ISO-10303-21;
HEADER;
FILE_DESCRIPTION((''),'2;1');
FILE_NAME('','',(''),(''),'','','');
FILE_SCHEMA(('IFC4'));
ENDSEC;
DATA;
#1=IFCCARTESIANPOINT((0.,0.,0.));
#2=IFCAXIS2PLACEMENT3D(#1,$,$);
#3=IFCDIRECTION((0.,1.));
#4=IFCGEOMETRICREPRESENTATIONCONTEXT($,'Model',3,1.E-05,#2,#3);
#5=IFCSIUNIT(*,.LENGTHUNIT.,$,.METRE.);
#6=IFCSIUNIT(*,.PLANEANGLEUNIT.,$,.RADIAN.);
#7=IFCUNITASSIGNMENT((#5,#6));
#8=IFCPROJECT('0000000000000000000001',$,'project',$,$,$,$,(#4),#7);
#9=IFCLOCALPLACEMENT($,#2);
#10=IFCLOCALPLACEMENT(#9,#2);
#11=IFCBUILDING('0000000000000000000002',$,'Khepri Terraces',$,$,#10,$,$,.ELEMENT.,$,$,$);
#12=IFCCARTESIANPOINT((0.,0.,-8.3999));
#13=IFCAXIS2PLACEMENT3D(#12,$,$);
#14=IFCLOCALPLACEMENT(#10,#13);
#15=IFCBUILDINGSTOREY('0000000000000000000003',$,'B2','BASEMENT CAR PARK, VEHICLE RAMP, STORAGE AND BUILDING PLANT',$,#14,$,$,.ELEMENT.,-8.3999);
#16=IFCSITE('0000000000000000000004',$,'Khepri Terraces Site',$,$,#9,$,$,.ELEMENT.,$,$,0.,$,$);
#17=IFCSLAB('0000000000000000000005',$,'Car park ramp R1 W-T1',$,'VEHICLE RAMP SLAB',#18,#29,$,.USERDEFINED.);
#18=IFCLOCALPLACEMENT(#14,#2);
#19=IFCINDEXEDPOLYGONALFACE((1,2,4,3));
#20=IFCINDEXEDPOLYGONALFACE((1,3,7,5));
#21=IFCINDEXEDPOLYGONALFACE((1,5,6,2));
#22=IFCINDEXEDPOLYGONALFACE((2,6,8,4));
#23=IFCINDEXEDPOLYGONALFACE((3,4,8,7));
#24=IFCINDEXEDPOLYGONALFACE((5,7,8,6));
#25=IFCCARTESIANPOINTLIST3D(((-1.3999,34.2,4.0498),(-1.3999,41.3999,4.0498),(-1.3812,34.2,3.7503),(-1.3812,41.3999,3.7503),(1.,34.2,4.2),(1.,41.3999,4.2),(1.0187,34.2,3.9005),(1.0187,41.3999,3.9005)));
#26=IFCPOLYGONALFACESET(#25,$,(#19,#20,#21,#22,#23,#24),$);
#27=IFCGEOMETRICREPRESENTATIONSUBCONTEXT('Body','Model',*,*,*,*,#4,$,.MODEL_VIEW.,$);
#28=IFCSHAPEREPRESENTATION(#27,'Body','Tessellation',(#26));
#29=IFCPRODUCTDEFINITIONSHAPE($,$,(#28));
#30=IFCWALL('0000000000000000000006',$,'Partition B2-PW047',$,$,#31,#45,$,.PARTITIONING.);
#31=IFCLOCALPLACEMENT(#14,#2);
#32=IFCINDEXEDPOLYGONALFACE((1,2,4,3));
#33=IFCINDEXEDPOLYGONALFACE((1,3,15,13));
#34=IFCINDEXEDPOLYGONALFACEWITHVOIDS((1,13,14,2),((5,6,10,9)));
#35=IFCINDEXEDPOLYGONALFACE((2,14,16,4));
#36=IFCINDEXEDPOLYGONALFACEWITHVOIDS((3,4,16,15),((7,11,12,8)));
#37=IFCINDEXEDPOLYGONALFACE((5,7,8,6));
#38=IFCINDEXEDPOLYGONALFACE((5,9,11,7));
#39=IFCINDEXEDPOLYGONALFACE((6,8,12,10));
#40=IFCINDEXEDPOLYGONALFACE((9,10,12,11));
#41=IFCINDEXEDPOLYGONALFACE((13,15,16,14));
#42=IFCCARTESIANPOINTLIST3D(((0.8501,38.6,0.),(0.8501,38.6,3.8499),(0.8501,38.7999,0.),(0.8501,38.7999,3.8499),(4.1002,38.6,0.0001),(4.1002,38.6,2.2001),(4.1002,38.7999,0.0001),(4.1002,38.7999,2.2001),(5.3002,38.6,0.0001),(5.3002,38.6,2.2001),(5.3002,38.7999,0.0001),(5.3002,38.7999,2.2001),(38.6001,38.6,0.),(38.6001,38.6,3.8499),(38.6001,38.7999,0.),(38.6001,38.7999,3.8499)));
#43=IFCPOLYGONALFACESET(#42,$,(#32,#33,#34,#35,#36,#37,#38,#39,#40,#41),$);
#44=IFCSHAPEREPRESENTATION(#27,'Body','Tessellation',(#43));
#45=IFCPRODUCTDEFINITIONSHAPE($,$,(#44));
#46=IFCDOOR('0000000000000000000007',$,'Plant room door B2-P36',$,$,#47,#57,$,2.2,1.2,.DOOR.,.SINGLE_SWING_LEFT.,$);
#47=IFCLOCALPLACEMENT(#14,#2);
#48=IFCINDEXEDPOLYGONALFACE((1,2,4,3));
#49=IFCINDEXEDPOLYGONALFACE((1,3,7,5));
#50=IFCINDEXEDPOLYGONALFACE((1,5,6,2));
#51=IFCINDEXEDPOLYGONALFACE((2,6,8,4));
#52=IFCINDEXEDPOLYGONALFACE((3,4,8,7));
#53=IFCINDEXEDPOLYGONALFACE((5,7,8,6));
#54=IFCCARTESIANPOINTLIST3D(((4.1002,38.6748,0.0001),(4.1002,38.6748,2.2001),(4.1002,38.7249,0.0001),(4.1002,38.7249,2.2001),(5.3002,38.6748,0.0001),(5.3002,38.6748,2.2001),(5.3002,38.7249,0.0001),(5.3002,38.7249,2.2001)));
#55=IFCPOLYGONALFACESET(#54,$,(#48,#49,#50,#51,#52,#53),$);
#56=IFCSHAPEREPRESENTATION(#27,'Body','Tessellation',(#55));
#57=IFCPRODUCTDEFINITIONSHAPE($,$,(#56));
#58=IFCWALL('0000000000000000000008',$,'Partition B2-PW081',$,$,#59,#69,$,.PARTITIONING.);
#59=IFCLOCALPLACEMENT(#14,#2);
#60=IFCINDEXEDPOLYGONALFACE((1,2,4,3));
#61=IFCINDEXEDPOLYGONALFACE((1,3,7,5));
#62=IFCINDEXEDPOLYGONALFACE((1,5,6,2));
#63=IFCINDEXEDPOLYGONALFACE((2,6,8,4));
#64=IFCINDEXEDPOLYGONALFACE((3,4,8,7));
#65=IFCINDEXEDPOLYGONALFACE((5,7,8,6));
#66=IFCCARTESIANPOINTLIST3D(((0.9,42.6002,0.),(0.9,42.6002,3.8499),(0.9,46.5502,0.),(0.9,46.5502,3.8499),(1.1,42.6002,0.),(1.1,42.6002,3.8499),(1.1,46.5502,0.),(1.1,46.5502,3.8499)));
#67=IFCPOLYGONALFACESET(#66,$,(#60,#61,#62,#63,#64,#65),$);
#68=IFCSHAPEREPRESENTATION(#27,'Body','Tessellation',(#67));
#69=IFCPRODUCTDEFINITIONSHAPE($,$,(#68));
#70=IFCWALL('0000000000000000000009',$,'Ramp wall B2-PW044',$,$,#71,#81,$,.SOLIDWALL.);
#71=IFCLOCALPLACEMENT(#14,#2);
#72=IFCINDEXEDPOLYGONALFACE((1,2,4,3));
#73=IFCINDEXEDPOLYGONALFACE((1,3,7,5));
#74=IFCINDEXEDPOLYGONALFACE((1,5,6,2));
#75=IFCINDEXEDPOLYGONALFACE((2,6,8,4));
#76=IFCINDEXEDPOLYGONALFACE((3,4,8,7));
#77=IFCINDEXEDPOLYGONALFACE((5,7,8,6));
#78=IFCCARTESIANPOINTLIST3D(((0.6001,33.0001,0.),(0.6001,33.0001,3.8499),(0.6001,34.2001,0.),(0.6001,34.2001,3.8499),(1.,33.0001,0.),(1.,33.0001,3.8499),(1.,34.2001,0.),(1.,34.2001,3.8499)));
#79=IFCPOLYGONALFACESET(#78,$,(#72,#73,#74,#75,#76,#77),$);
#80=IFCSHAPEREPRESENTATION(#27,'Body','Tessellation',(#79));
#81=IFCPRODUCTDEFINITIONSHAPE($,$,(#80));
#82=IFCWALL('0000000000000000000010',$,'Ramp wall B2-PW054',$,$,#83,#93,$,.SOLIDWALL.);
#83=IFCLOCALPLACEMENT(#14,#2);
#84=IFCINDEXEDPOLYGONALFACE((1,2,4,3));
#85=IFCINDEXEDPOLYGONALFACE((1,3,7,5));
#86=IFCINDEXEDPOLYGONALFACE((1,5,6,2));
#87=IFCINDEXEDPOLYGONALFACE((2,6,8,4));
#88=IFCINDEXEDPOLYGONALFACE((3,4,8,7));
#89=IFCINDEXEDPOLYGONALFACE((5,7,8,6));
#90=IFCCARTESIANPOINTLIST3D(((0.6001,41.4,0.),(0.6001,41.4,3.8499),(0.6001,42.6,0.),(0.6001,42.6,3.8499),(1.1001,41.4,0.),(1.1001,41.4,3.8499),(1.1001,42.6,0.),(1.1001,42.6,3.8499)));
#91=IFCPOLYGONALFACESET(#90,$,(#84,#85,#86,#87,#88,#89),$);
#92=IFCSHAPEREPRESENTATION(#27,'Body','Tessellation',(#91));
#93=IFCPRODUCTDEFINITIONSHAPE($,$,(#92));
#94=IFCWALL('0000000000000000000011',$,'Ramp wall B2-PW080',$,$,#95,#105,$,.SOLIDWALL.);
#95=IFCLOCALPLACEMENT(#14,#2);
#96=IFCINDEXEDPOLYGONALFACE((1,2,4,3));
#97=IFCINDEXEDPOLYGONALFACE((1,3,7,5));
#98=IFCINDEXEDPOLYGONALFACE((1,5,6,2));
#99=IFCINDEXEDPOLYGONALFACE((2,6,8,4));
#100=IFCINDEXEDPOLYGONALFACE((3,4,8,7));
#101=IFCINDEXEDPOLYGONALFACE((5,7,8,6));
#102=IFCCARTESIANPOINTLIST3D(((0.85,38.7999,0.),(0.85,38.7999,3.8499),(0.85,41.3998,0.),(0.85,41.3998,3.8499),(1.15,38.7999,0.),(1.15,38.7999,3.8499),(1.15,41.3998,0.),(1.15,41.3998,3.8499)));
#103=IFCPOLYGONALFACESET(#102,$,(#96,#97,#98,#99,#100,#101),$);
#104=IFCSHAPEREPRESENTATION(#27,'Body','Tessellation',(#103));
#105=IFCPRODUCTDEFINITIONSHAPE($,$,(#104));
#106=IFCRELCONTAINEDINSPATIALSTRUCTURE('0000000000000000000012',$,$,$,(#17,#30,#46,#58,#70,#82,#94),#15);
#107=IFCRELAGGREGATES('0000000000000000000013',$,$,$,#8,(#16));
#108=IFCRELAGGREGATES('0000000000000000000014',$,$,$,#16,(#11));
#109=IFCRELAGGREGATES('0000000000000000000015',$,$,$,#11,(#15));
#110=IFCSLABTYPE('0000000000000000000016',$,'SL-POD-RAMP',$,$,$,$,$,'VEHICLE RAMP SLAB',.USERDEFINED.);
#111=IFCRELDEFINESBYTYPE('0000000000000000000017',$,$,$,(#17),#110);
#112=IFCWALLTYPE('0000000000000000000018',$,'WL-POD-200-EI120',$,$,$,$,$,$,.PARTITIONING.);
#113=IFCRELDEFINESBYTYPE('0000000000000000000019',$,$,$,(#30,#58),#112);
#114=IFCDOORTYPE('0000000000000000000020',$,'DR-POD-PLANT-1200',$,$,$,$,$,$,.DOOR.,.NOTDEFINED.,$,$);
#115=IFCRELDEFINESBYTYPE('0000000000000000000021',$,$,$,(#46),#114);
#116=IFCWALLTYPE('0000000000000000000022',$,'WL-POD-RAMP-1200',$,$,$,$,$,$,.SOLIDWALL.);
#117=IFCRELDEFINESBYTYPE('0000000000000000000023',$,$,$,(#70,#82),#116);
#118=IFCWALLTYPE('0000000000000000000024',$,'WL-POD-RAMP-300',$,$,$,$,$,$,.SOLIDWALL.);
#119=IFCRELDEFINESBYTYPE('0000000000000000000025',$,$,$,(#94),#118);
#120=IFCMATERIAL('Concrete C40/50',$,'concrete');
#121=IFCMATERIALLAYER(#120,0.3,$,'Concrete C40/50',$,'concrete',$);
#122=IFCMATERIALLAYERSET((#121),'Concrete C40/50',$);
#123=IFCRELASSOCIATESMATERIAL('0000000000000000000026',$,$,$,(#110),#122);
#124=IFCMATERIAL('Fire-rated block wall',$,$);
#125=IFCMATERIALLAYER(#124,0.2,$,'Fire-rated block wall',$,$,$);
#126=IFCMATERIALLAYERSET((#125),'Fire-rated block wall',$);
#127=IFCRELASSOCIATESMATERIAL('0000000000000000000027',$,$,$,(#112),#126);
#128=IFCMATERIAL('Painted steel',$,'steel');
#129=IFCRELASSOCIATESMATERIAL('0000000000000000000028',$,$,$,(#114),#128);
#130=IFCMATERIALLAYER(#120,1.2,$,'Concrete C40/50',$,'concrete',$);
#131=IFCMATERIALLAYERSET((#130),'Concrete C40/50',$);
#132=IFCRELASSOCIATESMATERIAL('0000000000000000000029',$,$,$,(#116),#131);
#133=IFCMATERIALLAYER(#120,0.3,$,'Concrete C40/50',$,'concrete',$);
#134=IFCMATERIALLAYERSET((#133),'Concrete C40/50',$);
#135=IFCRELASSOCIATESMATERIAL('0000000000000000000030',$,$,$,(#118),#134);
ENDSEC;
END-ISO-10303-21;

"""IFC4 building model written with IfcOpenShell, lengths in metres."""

from ifc_helpers import new_model, si_unit, direction, frame, frame_2d, origin, place, context, subcontext, project, spatial, polyline, rectangle, outline, extrude, material, layer, layer_set, type_object, element, fill, save


model = new_model("IFC4")

# Units and contexts
model_context = context("Model", 3, precision=1e-05, world=origin(), true_north=direction((0.0, 1.0)))
body_context = subcontext(model_context, "Body", "Model", "MODEL_VIEW")
ifc_project = project(units=[si_unit("LENGTHUNIT", "METRE"), si_unit("PLANEANGLEUNIT", "RADIAN")], contexts=[model_context])

# Site, building, storey
site_placement = place(None, origin())
site = spatial("IfcSite", under=ifc_project, at=site_placement, Name="Khepri Terraces Site", CompositionType="ELEMENT", RefElevation=0.0)
building_placement = place(site_placement, origin())
building = spatial("IfcBuilding", under=site, at=building_placement, Name="Khepri Terraces", CompositionType="ELEMENT")
storey_placement = place(building_placement, frame((0.0, 0.0, -8.3999)))
storey = spatial("IfcBuildingStorey", under=building, at=storey_placement, Name="B2", Description="BASEMENT CAR PARK, VEHICLE RAMP, STORAGE AND BUILDING PLANT", CompositionType="ELEMENT", Elevation=-8.3999)

# Slab
ifc_material_1 = material(Name="Concrete C40/50", Category="concrete")
ifc_layer_1 = layer(ifc_material_1, 0.3, Name="Concrete C40/50", Category="concrete")
ifc_layer_set_1 = layer_set([ifc_layer_1], Name="Concrete C40/50")
slab_type = type_object("IfcSlabType", Name="SL-POD-RAMP", ElementType="VEHICLE RAMP SLAB", PredefinedType="USERDEFINED", material=ifc_layer_set_1)
slab_placement = place(storey_placement, frame((1.0, 34.2, 4.2), z_axis=(-0.062441, 0.0, 0.998049), x_axis=(-0.998049, 0.0, -0.062441)))
element("IfcSlab", 1, at=slab_placement, inside=storey, type_object=slab_type, Name="Car park ramp R1 W-T1", ObjectType="VEHICLE RAMP SLAB", PredefinedType="USERDEFINED", context=body_context, shape_type="SweptSolid", body=[
    extrude(outline(polyline([(0.0, 0.0), (2.4046, 0.0), (2.4046, -7.2), (0.0, -7.2), (0.0, 0.0)])), origin(), (0.0, 0.0, -1.0), 0.3),
])

# Wall, opening, door
ifc_material_2 = material(Name="Fire-rated block wall")
ifc_layer_2 = layer(ifc_material_2, 0.2, Name="Fire-rated block wall")
ifc_layer_set_2 = layer_set([ifc_layer_2], Name="Fire-rated block wall")
wall_type_1 = type_object("IfcWallType", Name="WL-POD-200-EI120", PredefinedType="PARTITIONING", material=ifc_layer_set_2)
wall_1_placement = place(storey_placement, frame((0.8501, 38.7, 0.0), z_axis=(0.0, 0.0, 1.0), x_axis=(1.0, 0.0, 0.0)))
wall_1 = element("IfcWall", 2, at=wall_1_placement, inside=storey, type_object=wall_type_1, Name="Partition B2-PW047", PredefinedType="PARTITIONING", context=body_context, shape_type="SweptSolid", body=[
    extrude(rectangle(XDim=37.75, YDim=0.2, at=frame_2d((18.875, 0.0))), origin(), (0.0, 0.0, 1.0), 3.8499),
])
opening_placement = place(wall_1_placement, frame((3.25, 0.0, 0.0)))
opening = element("IfcOpeningElement", 3, at=opening_placement, cuts=wall_1, PredefinedType="OPENING", context=body_context, shape_type="SweptSolid", body=[
    extrude(rectangle(XDim=1.2, YDim=2.2, at=frame_2d((0.6001, 1.1001))), frame((0.0, 0.1099, 0.0), z_axis=(0.0, -1.0, 0.0), x_axis=(1.0, 0.0, 0.0)), (0.0, 0.0, 1.0), 0.22),
])
ifc_material_3 = material(Name="Painted steel", Category="steel")
door_type = type_object("IfcDoorType", Name="DR-POD-PLANT-1200", OperationType="NOTDEFINED", PredefinedType="DOOR", material=ifc_material_3)
door_placement = place(opening_placement, origin())
door = element("IfcDoor", 4, at=door_placement, inside=storey, type_object=door_type, Name="Plant room door B2-P36", OperationType="SINGLE_SWING_LEFT", OverallHeight=2.2, OverallWidth=1.2, PredefinedType="DOOR", context=body_context, shape_type="SweptSolid", body=[
    extrude(rectangle(XDim=1.2, YDim=2.2, at=frame_2d((0.6001, 1.1001))), frame((0.0, 0.0249, 0.0), z_axis=(0.0, -1.0, 0.0), x_axis=(1.0, 0.0, 0.0)), (0.0, 0.0, 1.0), 0.05),
])
fill(opening, door)

# Walls
wall_2_placement = place(storey_placement, frame((1.0, 42.6001, 0.0), z_axis=(0.0, 0.0, 1.0), x_axis=(0.0, 1.0, 0.0)))
element("IfcWall", 5, at=wall_2_placement, inside=storey, type_object=wall_type_1, Name="Partition B2-PW081", PredefinedType="PARTITIONING", context=body_context, shape_type="SweptSolid", body=[
    extrude(rectangle(XDim=3.95, YDim=0.2, at=frame_2d((1.9751, 0.0))), origin(), (0.0, 0.0, 1.0), 3.8499),
])
ifc_layer_3 = layer(ifc_material_1, 1.2, Name="Concrete C40/50", Category="concrete")
ifc_layer_set_3 = layer_set([ifc_layer_3], Name="Concrete C40/50")
wall_type_2 = type_object("IfcWallType", Name="WL-POD-RAMP-1200", PredefinedType="SOLIDWALL", material=ifc_layer_set_3)
wall_3_placement = place(storey_placement, frame((0.6001, 33.6001, 0.0), z_axis=(0.0, 0.0, 1.0), x_axis=(1.0, 0.0, 0.0)))
element("IfcWall", 6, at=wall_3_placement, inside=storey, type_object=wall_type_2, Name="Ramp wall B2-PW044", PredefinedType="SOLIDWALL", context=body_context, shape_type="SweptSolid", body=[
    extrude(rectangle(XDim=0.3999, YDim=1.2, at=frame_2d((0.2, 0.0))), origin(), (0.0, 0.0, 1.0), 3.8499),
])
wall_4_placement = place(storey_placement, frame((0.6001, 42.0, 0.0), z_axis=(0.0, 0.0, 1.0), x_axis=(1.0, 0.0, 0.0)))
element("IfcWall", 7, at=wall_4_placement, inside=storey, type_object=wall_type_2, Name="Ramp wall B2-PW054", PredefinedType="SOLIDWALL", context=body_context, shape_type="SweptSolid", body=[
    extrude(rectangle(XDim=0.5, YDim=1.2, at=frame_2d((0.25, 0.0))), origin(), (0.0, 0.0, 1.0), 3.8499),
])
ifc_layer_4 = layer(ifc_material_1, 0.3, Name="Concrete C40/50", Category="concrete")
ifc_layer_set_4 = layer_set([ifc_layer_4], Name="Concrete C40/50")
wall_type_3 = type_object("IfcWallType", Name="WL-POD-RAMP-300", PredefinedType="SOLIDWALL", material=ifc_layer_set_4)
wall_5_placement = place(storey_placement, frame((1.0, 38.8, 0.0), z_axis=(0.0, 0.0, 1.0), x_axis=(0.0, 1.0, 0.0)))
element("IfcWall", 8, at=wall_5_placement, inside=storey, type_object=wall_type_3, Name="Ramp wall B2-PW080", PredefinedType="SOLIDWALL", context=body_context, shape_type="SweptSolid", body=[
    extrude(rectangle(XDim=2.5999, YDim=0.3, at=frame_2d((1.2998, 0.0))), origin(), (0.0, 0.0, 1.0), 3.8499),
])

save(model, "model.ifc")
